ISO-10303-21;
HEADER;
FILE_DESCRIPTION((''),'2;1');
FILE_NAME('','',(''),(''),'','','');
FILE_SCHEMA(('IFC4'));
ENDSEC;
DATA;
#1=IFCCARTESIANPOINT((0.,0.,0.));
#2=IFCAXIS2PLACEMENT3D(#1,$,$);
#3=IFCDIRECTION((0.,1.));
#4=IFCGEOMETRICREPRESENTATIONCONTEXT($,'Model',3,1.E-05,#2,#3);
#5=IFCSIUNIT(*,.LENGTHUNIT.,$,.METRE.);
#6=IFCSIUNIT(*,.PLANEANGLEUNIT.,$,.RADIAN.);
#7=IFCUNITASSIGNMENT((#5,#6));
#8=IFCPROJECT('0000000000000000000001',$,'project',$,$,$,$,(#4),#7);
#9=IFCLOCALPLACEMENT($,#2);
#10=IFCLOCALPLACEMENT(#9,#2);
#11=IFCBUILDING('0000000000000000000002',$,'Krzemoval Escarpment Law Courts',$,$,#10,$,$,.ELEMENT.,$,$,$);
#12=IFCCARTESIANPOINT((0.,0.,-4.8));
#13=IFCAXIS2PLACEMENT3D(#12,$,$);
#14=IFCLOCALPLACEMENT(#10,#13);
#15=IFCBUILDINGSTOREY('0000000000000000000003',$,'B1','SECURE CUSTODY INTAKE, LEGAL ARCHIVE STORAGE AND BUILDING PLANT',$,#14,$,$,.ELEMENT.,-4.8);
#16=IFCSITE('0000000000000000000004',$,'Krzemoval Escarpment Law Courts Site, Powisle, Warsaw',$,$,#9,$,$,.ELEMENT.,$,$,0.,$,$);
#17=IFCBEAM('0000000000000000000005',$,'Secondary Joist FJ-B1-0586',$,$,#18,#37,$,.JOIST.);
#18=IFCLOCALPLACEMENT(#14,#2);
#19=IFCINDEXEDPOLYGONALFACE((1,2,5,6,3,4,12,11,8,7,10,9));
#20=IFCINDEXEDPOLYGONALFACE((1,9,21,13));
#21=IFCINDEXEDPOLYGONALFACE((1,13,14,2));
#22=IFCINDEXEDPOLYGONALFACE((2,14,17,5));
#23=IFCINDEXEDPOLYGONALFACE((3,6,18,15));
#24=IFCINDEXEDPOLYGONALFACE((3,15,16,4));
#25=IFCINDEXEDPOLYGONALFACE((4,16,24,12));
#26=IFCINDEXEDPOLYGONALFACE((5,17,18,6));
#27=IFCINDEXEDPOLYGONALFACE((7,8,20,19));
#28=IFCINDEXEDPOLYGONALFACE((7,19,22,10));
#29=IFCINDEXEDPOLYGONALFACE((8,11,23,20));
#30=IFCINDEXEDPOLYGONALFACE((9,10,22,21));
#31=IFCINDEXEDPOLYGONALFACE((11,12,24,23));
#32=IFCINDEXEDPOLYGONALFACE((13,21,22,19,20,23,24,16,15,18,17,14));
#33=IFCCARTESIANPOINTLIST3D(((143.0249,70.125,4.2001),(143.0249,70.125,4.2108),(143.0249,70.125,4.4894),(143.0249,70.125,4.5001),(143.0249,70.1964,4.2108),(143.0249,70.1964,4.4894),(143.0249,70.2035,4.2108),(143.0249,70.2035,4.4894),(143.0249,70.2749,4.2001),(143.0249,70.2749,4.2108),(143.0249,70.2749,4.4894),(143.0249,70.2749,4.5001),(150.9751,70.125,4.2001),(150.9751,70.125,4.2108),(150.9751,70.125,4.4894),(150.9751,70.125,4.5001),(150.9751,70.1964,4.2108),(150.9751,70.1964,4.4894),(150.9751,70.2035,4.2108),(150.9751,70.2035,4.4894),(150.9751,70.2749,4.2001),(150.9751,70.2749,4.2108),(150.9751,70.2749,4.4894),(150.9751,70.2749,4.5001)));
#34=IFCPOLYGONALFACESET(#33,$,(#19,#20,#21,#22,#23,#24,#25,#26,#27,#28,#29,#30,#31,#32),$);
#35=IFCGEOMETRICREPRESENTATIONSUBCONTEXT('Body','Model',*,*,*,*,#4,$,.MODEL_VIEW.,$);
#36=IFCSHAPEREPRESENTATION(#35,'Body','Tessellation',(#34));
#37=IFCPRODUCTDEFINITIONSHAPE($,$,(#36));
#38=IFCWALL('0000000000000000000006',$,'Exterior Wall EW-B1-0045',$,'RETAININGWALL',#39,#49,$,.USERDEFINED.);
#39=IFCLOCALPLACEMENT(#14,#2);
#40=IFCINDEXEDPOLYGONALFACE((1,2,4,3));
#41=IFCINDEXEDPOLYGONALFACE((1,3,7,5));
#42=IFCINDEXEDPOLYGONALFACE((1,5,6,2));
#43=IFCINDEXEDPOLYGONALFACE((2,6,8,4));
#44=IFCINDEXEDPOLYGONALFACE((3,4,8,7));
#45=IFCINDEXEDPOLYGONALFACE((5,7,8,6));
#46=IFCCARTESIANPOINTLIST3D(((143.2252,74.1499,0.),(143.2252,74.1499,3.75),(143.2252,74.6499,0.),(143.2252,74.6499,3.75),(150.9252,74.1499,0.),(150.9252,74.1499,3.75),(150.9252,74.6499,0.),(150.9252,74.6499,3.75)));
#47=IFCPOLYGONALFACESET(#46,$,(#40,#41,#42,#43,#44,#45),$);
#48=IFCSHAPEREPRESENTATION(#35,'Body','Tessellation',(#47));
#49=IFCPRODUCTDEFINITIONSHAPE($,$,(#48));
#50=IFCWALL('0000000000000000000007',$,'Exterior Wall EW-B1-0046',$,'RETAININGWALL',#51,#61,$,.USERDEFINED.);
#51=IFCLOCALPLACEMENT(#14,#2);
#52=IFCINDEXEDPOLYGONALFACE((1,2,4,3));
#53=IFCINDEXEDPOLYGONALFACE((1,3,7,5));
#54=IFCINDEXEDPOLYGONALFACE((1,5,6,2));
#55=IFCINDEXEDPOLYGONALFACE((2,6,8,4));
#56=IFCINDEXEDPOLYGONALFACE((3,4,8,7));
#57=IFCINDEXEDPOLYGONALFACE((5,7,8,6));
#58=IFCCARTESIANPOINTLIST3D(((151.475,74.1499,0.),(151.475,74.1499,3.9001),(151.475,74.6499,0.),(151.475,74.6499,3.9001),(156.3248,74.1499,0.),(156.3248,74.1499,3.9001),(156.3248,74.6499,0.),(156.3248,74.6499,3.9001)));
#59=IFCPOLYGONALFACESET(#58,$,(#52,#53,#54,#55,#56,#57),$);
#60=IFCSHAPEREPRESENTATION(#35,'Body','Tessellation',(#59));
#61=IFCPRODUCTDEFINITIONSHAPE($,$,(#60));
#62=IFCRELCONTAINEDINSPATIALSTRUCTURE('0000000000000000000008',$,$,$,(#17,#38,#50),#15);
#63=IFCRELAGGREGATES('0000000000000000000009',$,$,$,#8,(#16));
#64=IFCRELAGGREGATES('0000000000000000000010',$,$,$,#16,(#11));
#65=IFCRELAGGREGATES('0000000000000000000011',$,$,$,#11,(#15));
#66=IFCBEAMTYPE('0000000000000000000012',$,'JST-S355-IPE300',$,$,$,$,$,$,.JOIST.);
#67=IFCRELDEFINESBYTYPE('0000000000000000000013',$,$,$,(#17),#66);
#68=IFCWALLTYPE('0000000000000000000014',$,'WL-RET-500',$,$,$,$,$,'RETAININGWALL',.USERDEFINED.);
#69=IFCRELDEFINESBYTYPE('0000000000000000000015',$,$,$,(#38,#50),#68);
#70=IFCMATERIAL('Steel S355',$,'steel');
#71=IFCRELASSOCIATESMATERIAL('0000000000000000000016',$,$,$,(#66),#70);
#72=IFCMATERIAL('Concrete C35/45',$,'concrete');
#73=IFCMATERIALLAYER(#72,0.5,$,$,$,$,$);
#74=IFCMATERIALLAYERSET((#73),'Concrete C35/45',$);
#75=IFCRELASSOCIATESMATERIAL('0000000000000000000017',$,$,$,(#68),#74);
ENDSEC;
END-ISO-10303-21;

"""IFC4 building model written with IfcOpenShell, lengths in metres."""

from ifc_helpers import new_model, si_unit, direction, frame, frame_2d, origin, origin_2d, place, context, subcontext, project, spatial, rectangle, i_section, extrude, material, layer, layer_set, material_profile, profile_set, type_object, element, save


model = new_model("IFC4")

# Units and contexts
model_context = context("Model", 3, precision=1e-05, world=origin(), true_north=direction((0.0, 1.0)))
body_context = subcontext(model_context, "Body", "Model", "MODEL_VIEW")
ifc_project = project(units=[si_unit("LENGTHUNIT", "METRE"), si_unit("PLANEANGLEUNIT", "RADIAN")], contexts=[model_context])

# Site, building, storey
site_placement = place(None, origin())
site = spatial("IfcSite", under=ifc_project, at=site_placement, Name="Krzemoval Escarpment Law Courts Site, Powisle, Warsaw", CompositionType="ELEMENT", RefElevation=0.0)
building_placement = place(site_placement, origin())
building = spatial("IfcBuilding", under=site, at=building_placement, Name="Krzemoval Escarpment Law Courts", CompositionType="ELEMENT")
storey_placement = place(building_placement, frame((0.0, 0.0, -4.8)))
storey = spatial("IfcBuildingStorey", under=building, at=storey_placement, Name="B1", Description="SECURE CUSTODY INTAKE, LEGAL ARCHIVE STORAGE AND BUILDING PLANT", CompositionType="ELEMENT", Elevation=-4.8)

# Beam
ifc_material_1 = material(Name="Steel S355", Category="steel")
ifc_material_profile_1 = material_profile(ifc_material_1, i_section(OverallWidth=0.1499, OverallDepth=0.3, WebThickness=0.0071, FlangeThickness=0.0107, at=origin_2d()), Name="IPE 300")
ifc_profile_set_1 = profile_set([ifc_material_profile_1], Name="Steel S355")
beam_type_1 = type_object("IfcBeamType", Name="JST-S355-IPE300", PredefinedType="JOIST", material=ifc_profile_set_1)
beam_1_placement = place(storey_placement, frame((143.0249, 70.2, 4.3501), z_axis=(1.0, 0.0, 0.0), x_axis=(0.0, 1.0, 0.0)))
element("IfcBeam", 1, at=beam_1_placement, inside=storey, type_object=beam_type_1, Name="Secondary Joist FJ-B1-0586", PredefinedType="JOIST", context=body_context, shape_type="SweptSolid", body=[
    extrude(i_section(OverallWidth=0.1499, OverallDepth=0.3, WebThickness=0.0071, FlangeThickness=0.0107, at=origin_2d()), origin(), (0.0, 0.0, 1.0), 7.9502),
])

# Walls
ifc_material_2 = material(Name="Concrete C35/45", Category="concrete")
ifc_layer = layer(ifc_material_2, 0.5)
ifc_layer_set = layer_set([ifc_layer], Name="Concrete C35/45")
wall_type = type_object("IfcWallType", Name="WL-RET-500", ElementType="RETAININGWALL", PredefinedType="USERDEFINED", material=ifc_layer_set)
wall_1_placement = place(storey_placement, frame((143.2251, 74.3999, 0.0), z_axis=(0.0, 0.0, 1.0), x_axis=(1.0, 0.0, 0.0)))
element("IfcWall", 2, at=wall_1_placement, inside=storey, type_object=wall_type, Name="Exterior Wall EW-B1-0045", ObjectType="RETAININGWALL", PredefinedType="USERDEFINED", context=body_context, shape_type="SweptSolid", body=[
    extrude(rectangle(XDim=7.7, YDim=0.5, at=frame_2d((3.8501, 0.0))), origin(), (0.0, 0.0, 1.0), 3.75),
])
wall_2_placement = place(storey_placement, frame((151.4751, 74.3999, 0.0), z_axis=(0.0, 0.0, 1.0), x_axis=(1.0, 0.0, 0.0)))
element("IfcWall", 3, at=wall_2_placement, inside=storey, type_object=wall_type, Name="Exterior Wall EW-B1-0046", ObjectType="RETAININGWALL", PredefinedType="USERDEFINED", context=body_context, shape_type="SweptSolid", body=[
    extrude(rectangle(XDim=4.8499, YDim=0.5, at=frame_2d((2.4248, 0.0))), origin(), (0.0, 0.0, 1.0), 3.9001),
])

save(model, "model.ifc")
